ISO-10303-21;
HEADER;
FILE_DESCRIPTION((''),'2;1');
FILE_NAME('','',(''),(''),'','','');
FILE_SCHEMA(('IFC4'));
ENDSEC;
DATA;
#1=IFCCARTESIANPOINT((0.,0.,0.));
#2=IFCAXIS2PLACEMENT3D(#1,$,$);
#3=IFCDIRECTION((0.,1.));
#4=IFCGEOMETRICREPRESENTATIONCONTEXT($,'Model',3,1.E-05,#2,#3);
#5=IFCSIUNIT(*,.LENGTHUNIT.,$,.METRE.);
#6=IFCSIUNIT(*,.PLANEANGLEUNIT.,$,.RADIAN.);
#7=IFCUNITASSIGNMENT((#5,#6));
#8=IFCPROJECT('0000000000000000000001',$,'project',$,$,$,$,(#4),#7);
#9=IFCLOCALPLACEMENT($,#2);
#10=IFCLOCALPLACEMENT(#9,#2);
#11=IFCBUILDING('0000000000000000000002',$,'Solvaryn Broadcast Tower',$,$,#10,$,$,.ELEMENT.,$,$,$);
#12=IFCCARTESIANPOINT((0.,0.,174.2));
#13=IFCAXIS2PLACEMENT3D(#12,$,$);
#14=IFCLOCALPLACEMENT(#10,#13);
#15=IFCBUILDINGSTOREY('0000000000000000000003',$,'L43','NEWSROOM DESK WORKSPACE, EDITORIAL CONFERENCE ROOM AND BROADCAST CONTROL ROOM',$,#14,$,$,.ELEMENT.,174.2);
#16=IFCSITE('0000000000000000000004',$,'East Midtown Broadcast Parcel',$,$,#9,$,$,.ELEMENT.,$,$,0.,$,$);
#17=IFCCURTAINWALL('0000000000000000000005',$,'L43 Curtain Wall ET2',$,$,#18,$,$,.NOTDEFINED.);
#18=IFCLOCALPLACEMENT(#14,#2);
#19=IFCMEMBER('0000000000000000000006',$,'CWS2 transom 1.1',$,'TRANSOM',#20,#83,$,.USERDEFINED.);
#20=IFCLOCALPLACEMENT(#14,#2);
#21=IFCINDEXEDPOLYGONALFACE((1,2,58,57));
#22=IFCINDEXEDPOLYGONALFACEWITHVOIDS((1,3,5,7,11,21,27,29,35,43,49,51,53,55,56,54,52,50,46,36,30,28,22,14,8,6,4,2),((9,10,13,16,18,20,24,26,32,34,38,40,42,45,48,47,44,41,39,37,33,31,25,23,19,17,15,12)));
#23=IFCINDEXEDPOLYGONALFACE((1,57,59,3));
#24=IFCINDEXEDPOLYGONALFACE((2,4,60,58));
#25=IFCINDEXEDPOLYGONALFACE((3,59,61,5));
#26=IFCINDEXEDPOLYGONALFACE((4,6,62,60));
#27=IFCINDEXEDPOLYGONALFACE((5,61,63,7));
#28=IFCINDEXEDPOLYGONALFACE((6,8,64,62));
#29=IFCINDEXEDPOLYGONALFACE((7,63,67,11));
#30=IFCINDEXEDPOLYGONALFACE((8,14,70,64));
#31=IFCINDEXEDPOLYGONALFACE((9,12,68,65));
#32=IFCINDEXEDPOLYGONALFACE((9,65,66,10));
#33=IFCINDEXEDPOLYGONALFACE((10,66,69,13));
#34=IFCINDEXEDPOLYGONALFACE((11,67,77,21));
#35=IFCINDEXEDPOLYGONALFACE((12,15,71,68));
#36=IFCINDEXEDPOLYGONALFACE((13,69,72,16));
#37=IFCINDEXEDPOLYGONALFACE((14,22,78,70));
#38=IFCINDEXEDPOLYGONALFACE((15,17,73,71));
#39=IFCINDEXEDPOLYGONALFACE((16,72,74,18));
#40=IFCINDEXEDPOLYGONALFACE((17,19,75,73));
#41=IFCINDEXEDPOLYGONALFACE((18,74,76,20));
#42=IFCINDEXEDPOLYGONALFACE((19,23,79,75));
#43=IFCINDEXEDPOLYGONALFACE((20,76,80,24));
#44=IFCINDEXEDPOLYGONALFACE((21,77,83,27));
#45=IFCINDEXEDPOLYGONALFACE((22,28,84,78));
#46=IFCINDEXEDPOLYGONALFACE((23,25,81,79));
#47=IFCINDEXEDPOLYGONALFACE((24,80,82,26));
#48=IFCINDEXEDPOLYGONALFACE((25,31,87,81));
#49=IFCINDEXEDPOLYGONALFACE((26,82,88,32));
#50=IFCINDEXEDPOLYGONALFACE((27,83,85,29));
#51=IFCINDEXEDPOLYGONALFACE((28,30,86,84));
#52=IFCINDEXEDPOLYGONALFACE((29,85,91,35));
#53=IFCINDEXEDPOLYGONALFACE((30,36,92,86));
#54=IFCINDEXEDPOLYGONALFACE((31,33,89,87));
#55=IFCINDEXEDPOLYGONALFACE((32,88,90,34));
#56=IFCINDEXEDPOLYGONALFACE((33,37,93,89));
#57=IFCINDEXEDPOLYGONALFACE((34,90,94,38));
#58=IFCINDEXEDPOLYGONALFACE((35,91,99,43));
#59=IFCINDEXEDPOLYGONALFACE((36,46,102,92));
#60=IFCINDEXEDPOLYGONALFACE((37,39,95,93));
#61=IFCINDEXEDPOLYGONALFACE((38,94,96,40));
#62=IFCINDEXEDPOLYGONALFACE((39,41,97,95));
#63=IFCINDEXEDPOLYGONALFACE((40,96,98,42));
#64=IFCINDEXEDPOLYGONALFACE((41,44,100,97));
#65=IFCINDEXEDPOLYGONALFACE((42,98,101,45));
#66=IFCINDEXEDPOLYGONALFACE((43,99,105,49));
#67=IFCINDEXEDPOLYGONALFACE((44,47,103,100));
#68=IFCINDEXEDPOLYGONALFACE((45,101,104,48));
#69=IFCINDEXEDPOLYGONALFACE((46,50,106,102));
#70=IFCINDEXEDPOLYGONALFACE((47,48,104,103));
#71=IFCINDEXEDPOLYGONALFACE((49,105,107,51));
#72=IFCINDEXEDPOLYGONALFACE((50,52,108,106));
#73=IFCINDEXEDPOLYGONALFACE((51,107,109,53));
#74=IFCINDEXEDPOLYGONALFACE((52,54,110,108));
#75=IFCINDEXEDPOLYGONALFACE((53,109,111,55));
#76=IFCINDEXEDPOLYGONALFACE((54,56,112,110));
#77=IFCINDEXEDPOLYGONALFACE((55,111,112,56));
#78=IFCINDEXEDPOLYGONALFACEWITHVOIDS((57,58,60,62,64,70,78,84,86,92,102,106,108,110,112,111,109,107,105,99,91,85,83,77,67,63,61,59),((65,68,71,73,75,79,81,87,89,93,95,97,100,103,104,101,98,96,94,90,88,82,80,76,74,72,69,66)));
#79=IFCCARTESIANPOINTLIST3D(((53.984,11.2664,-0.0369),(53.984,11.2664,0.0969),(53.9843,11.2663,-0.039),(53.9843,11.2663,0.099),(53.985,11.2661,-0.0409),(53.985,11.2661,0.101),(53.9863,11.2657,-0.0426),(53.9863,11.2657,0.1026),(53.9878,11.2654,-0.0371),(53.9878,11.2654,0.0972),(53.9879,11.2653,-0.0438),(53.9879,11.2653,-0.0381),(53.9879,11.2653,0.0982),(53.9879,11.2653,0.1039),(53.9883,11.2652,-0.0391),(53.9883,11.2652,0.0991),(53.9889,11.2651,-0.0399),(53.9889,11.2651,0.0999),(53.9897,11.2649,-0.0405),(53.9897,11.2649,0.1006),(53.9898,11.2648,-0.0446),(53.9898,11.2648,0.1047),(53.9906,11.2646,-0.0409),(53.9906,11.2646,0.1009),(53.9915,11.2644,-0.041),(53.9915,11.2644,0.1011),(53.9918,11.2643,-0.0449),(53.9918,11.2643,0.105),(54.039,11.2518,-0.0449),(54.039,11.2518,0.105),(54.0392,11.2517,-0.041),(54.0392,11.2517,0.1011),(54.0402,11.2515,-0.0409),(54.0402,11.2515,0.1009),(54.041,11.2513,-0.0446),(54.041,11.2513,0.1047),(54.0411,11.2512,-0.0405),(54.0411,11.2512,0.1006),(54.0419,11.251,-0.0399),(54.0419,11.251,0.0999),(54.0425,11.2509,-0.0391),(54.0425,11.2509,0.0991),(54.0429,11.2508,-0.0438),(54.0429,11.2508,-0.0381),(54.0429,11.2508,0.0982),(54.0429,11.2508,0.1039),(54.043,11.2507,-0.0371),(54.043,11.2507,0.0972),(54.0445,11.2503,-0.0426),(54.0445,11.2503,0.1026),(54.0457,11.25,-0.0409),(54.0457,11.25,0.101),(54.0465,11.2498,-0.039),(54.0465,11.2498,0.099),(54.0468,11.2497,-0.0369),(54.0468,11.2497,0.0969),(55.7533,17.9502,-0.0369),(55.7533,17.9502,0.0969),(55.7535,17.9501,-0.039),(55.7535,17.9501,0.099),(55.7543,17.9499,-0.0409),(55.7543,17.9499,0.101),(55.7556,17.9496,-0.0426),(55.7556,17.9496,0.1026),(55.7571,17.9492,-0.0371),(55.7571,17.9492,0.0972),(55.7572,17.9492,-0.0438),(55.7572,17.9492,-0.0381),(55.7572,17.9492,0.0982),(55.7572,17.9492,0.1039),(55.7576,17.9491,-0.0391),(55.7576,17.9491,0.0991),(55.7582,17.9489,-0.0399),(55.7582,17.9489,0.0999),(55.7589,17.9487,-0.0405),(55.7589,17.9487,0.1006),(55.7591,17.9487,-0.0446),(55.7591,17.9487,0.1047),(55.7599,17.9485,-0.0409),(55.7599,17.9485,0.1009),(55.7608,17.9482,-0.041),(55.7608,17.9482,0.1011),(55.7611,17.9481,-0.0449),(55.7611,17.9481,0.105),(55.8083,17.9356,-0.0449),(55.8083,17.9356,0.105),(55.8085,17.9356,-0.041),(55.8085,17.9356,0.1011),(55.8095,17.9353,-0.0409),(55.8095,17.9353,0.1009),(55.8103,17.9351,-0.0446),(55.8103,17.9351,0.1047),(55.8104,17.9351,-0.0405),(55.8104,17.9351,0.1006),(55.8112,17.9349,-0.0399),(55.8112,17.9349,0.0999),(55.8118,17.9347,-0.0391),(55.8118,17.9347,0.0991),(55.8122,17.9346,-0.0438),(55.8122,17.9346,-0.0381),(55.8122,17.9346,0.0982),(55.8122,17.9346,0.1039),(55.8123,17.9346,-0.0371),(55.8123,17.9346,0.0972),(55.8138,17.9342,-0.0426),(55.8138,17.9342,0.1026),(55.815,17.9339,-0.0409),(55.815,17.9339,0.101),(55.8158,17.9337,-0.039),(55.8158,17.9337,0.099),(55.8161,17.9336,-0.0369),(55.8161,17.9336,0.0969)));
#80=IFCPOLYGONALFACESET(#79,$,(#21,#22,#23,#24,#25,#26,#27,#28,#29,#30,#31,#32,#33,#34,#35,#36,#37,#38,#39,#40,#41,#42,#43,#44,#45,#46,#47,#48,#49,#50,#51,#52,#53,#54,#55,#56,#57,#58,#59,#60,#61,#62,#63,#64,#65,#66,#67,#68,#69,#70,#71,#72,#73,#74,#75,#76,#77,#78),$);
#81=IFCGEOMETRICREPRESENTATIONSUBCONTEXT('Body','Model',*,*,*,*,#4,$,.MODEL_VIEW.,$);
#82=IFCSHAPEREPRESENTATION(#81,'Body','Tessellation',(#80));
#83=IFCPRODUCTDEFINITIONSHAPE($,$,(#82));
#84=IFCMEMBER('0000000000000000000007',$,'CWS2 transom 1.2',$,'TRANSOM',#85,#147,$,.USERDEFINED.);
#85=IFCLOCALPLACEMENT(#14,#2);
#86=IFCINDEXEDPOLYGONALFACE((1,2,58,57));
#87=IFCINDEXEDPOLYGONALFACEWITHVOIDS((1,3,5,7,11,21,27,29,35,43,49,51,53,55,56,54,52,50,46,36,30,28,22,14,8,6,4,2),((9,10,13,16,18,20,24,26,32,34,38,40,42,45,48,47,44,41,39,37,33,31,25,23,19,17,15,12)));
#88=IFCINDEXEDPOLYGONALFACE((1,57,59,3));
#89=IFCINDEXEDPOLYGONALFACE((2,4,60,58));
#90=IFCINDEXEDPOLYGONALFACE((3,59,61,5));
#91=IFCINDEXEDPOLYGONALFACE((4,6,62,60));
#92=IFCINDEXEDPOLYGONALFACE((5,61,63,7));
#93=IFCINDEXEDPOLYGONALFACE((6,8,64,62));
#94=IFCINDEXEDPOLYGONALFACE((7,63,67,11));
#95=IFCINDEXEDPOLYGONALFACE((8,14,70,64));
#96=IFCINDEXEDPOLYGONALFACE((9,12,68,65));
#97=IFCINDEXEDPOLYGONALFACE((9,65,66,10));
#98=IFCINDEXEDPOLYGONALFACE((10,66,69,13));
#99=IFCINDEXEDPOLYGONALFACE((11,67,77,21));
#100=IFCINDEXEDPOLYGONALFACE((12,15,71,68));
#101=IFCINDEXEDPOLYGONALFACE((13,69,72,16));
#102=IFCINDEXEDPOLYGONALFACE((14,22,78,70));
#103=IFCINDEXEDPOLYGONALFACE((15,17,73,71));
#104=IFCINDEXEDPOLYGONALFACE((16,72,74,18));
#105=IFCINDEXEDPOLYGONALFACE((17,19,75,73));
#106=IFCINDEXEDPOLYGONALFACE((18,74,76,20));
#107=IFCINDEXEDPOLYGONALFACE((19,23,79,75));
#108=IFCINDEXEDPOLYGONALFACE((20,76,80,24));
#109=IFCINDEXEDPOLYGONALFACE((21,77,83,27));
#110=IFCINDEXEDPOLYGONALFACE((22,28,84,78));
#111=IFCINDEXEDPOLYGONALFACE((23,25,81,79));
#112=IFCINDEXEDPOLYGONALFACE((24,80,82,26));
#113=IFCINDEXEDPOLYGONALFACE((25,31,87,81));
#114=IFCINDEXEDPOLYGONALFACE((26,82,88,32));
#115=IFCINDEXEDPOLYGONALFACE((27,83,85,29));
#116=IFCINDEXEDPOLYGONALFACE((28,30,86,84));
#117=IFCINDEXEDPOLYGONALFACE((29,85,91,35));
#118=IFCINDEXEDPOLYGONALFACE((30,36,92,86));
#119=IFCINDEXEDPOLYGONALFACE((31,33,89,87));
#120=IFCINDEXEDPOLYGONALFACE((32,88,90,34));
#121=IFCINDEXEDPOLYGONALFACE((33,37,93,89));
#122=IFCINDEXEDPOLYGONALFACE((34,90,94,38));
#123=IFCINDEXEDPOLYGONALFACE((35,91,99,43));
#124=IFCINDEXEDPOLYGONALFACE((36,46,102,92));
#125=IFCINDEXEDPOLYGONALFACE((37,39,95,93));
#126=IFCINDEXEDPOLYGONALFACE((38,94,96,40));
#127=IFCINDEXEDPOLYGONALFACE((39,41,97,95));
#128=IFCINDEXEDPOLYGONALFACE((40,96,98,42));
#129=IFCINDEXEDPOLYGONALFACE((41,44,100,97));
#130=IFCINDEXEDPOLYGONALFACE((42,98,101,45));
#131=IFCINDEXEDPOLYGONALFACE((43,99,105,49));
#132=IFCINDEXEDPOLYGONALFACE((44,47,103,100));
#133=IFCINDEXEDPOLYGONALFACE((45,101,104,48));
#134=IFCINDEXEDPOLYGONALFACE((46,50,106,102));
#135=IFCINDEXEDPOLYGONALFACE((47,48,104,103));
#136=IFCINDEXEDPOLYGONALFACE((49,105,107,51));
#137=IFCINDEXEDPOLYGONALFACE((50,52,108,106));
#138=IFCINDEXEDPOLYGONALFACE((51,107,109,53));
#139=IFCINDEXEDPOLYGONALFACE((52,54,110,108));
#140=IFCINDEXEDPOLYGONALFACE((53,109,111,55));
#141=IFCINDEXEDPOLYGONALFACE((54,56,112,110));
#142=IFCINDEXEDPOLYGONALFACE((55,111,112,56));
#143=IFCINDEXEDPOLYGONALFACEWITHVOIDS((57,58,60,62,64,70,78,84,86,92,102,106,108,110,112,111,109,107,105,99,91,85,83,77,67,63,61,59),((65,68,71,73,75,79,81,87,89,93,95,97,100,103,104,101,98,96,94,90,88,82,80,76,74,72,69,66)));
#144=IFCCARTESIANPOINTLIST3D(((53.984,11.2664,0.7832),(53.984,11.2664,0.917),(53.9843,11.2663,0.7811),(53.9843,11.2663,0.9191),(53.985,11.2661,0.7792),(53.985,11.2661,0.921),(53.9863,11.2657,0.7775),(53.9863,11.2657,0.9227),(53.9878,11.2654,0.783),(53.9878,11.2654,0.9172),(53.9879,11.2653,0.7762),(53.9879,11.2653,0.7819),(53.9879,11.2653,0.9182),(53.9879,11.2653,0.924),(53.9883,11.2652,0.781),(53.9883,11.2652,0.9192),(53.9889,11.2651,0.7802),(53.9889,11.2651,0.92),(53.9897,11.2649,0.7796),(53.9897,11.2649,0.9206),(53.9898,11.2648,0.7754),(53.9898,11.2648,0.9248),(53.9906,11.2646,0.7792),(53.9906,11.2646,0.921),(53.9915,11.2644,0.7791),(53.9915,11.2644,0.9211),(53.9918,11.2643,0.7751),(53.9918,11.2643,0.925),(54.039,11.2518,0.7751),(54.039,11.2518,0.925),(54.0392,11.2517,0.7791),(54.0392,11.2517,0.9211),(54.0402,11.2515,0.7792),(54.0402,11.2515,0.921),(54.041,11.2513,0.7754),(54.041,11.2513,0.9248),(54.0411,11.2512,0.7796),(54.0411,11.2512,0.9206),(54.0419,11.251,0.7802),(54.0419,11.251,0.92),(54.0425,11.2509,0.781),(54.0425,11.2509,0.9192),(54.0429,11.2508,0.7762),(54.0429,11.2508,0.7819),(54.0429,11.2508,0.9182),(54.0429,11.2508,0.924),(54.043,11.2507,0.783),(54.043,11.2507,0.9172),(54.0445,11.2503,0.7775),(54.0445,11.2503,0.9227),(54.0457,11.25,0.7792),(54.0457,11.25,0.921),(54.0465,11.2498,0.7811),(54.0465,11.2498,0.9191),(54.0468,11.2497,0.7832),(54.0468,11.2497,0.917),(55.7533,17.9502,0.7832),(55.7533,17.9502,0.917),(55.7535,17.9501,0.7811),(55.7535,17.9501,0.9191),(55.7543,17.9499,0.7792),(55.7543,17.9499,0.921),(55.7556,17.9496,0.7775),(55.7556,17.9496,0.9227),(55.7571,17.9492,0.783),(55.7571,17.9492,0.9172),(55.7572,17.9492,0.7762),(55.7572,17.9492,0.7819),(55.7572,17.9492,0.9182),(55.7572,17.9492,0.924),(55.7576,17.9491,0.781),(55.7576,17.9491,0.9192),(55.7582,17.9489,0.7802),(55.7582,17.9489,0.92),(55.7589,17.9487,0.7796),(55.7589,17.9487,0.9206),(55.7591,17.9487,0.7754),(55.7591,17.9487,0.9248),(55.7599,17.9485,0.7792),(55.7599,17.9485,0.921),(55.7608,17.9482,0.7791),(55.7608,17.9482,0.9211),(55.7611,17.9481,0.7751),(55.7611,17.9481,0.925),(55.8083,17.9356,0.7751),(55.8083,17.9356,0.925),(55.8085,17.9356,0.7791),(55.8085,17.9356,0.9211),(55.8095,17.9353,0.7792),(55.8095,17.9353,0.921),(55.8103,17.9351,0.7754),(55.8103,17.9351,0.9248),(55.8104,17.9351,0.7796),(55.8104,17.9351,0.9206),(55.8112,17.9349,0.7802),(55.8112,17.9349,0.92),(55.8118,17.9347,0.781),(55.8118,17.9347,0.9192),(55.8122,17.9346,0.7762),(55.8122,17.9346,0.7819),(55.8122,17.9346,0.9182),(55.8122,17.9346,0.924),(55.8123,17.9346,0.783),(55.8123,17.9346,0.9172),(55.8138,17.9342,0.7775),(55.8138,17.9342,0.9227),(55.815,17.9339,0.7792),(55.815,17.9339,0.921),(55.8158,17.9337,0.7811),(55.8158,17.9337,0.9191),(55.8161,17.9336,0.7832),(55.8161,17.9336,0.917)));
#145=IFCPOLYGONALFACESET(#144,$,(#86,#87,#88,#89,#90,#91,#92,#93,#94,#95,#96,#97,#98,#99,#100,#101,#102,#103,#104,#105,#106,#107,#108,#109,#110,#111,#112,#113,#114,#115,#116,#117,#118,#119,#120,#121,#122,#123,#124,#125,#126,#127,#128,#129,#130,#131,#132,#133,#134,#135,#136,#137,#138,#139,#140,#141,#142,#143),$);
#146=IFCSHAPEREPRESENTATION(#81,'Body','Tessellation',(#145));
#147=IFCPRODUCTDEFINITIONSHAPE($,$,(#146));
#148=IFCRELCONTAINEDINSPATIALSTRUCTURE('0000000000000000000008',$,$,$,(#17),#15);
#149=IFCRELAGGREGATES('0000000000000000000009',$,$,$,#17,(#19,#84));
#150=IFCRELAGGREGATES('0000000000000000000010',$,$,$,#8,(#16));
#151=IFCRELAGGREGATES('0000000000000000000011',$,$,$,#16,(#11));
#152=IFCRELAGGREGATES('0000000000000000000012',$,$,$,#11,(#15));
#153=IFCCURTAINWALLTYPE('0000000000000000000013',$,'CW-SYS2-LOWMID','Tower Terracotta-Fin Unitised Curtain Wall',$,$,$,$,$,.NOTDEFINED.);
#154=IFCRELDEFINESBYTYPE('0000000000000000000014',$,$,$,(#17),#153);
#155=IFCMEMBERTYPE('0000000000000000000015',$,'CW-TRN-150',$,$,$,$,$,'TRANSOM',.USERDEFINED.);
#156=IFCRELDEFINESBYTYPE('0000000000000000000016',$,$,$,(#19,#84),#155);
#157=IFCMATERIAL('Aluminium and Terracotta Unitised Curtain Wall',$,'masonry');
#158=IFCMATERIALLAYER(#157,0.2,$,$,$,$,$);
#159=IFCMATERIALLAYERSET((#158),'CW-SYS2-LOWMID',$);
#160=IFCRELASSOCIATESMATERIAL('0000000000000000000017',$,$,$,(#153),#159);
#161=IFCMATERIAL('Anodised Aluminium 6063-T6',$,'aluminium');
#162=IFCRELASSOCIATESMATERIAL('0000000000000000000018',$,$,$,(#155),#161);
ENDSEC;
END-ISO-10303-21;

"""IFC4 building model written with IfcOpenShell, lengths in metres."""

from ifc_helpers import new_model, si_unit, direction, frame, origin, origin_2d, place, context, subcontext, project, spatial, hollow_rectangle, extrude, material, layer, layer_set, material_profile, profile_set, type_object, element, aggregate, save


model = new_model("IFC4")

# Units and contexts
model_context = context("Model", 3, precision=1e-05, world=origin(), true_north=direction((0.0, 1.0)))
body_context = subcontext(model_context, "Body", "Model", "MODEL_VIEW")
ifc_project = project(units=[si_unit("LENGTHUNIT", "METRE"), si_unit("PLANEANGLEUNIT", "RADIAN")], contexts=[model_context])

# Site, building, storey
site_placement = place(None, origin())
site = spatial("IfcSite", under=ifc_project, at=site_placement, Name="East Midtown Broadcast Parcel", CompositionType="ELEMENT", RefElevation=0.0)
building_placement = place(site_placement, origin())
building = spatial("IfcBuilding", under=site, at=building_placement, Name="Solvaryn Broadcast Tower", CompositionType="ELEMENT")
storey_placement = place(building_placement, frame((0.0, 0.0, 174.2)))
storey = spatial("IfcBuildingStorey", under=building, at=storey_placement, Name="L43", Description="NEWSROOM DESK WORKSPACE, EDITORIAL CONFERENCE ROOM AND BROADCAST CONTROL ROOM", CompositionType="ELEMENT", Elevation=174.2)

# Shared definitions
ifc_material_1 = material(Name="Aluminium and Terracotta Unitised Curtain Wall", Category="masonry")
ifc_layer_1 = layer(ifc_material_1, 0.2)
ifc_layer_set_1 = layer_set([ifc_layer_1], Name="CW-SYS2-LOWMID")
curtain_wall_type = type_object("IfcCurtainWallType", Name="CW-SYS2-LOWMID", Description="Tower Terracotta-Fin Unitised Curtain Wall", PredefinedType="NOTDEFINED", material=ifc_layer_set_1)

# Curtain wall, members
curtain_wall_1_placement = place(storey_placement, origin())
curtain_wall_1 = element("IfcCurtainWall", 1, at=curtain_wall_1_placement, inside=storey, type_object=curtain_wall_type, Name="L43 Curtain Wall ET2", PredefinedType="NOTDEFINED")
ifc_material_2 = material(Name="Anodised Aluminium 6063-T6", Category="aluminium")
ifc_material_profile_1 = material_profile(ifc_material_2, hollow_rectangle(XDim=0.0649, YDim=0.1499, WallThickness=0.0039, InnerFilletRadius=0.0039, OuterFilletRadius=0.0081, at=origin_2d()))
ifc_profile_set_1 = profile_set([ifc_material_profile_1], Name="Anodised Aluminium 6063-T6")
member_type_1 = type_object("IfcMemberType", Name="CW-TRN-150", ElementType="TRANSOM", PredefinedType="USERDEFINED", material=ifc_profile_set_1)
member_1_placement = place(storey_placement, frame((55.7847, 17.9419, 0.03), z_axis=(-0.255897, -0.966704, 0.0), x_axis=(0.966704, -0.255897, 0.0)))
member_1 = element("IfcMember", 2, at=member_1_placement, type_object=member_type_1, Name="CWS2 transom 1.1", ObjectType="TRANSOM", PredefinedType="USERDEFINED", context=body_context, shape_type="SweptSolid", body=[
    extrude(hollow_rectangle(XDim=0.0649, YDim=0.1499, WallThickness=0.0039, InnerFilletRadius=0.0039, OuterFilletRadius=0.0081, at=origin_2d()), origin(), (0.0, 0.0, 1.0), 6.9141),
])
member_2_placement = place(storey_placement, frame((55.7847, 17.9419, 0.8501), z_axis=(-0.255897, -0.966704, 0.0), x_axis=(0.966704, -0.255897, 0.0)))
member_2 = element("IfcMember", 3, at=member_2_placement, type_object=member_type_1, Name="CWS2 transom 1.2", ObjectType="TRANSOM", PredefinedType="USERDEFINED", context=body_context, shape_type="SweptSolid", body=[
    extrude(hollow_rectangle(XDim=0.0649, YDim=0.1499, WallThickness=0.0039, InnerFilletRadius=0.0039, OuterFilletRadius=0.0081, at=origin_2d()), origin(), (0.0, 0.0, 1.0), 6.9141),
])

aggregate(curtain_wall_1, [member_1, member_2])

save(model, "model.ifc")
